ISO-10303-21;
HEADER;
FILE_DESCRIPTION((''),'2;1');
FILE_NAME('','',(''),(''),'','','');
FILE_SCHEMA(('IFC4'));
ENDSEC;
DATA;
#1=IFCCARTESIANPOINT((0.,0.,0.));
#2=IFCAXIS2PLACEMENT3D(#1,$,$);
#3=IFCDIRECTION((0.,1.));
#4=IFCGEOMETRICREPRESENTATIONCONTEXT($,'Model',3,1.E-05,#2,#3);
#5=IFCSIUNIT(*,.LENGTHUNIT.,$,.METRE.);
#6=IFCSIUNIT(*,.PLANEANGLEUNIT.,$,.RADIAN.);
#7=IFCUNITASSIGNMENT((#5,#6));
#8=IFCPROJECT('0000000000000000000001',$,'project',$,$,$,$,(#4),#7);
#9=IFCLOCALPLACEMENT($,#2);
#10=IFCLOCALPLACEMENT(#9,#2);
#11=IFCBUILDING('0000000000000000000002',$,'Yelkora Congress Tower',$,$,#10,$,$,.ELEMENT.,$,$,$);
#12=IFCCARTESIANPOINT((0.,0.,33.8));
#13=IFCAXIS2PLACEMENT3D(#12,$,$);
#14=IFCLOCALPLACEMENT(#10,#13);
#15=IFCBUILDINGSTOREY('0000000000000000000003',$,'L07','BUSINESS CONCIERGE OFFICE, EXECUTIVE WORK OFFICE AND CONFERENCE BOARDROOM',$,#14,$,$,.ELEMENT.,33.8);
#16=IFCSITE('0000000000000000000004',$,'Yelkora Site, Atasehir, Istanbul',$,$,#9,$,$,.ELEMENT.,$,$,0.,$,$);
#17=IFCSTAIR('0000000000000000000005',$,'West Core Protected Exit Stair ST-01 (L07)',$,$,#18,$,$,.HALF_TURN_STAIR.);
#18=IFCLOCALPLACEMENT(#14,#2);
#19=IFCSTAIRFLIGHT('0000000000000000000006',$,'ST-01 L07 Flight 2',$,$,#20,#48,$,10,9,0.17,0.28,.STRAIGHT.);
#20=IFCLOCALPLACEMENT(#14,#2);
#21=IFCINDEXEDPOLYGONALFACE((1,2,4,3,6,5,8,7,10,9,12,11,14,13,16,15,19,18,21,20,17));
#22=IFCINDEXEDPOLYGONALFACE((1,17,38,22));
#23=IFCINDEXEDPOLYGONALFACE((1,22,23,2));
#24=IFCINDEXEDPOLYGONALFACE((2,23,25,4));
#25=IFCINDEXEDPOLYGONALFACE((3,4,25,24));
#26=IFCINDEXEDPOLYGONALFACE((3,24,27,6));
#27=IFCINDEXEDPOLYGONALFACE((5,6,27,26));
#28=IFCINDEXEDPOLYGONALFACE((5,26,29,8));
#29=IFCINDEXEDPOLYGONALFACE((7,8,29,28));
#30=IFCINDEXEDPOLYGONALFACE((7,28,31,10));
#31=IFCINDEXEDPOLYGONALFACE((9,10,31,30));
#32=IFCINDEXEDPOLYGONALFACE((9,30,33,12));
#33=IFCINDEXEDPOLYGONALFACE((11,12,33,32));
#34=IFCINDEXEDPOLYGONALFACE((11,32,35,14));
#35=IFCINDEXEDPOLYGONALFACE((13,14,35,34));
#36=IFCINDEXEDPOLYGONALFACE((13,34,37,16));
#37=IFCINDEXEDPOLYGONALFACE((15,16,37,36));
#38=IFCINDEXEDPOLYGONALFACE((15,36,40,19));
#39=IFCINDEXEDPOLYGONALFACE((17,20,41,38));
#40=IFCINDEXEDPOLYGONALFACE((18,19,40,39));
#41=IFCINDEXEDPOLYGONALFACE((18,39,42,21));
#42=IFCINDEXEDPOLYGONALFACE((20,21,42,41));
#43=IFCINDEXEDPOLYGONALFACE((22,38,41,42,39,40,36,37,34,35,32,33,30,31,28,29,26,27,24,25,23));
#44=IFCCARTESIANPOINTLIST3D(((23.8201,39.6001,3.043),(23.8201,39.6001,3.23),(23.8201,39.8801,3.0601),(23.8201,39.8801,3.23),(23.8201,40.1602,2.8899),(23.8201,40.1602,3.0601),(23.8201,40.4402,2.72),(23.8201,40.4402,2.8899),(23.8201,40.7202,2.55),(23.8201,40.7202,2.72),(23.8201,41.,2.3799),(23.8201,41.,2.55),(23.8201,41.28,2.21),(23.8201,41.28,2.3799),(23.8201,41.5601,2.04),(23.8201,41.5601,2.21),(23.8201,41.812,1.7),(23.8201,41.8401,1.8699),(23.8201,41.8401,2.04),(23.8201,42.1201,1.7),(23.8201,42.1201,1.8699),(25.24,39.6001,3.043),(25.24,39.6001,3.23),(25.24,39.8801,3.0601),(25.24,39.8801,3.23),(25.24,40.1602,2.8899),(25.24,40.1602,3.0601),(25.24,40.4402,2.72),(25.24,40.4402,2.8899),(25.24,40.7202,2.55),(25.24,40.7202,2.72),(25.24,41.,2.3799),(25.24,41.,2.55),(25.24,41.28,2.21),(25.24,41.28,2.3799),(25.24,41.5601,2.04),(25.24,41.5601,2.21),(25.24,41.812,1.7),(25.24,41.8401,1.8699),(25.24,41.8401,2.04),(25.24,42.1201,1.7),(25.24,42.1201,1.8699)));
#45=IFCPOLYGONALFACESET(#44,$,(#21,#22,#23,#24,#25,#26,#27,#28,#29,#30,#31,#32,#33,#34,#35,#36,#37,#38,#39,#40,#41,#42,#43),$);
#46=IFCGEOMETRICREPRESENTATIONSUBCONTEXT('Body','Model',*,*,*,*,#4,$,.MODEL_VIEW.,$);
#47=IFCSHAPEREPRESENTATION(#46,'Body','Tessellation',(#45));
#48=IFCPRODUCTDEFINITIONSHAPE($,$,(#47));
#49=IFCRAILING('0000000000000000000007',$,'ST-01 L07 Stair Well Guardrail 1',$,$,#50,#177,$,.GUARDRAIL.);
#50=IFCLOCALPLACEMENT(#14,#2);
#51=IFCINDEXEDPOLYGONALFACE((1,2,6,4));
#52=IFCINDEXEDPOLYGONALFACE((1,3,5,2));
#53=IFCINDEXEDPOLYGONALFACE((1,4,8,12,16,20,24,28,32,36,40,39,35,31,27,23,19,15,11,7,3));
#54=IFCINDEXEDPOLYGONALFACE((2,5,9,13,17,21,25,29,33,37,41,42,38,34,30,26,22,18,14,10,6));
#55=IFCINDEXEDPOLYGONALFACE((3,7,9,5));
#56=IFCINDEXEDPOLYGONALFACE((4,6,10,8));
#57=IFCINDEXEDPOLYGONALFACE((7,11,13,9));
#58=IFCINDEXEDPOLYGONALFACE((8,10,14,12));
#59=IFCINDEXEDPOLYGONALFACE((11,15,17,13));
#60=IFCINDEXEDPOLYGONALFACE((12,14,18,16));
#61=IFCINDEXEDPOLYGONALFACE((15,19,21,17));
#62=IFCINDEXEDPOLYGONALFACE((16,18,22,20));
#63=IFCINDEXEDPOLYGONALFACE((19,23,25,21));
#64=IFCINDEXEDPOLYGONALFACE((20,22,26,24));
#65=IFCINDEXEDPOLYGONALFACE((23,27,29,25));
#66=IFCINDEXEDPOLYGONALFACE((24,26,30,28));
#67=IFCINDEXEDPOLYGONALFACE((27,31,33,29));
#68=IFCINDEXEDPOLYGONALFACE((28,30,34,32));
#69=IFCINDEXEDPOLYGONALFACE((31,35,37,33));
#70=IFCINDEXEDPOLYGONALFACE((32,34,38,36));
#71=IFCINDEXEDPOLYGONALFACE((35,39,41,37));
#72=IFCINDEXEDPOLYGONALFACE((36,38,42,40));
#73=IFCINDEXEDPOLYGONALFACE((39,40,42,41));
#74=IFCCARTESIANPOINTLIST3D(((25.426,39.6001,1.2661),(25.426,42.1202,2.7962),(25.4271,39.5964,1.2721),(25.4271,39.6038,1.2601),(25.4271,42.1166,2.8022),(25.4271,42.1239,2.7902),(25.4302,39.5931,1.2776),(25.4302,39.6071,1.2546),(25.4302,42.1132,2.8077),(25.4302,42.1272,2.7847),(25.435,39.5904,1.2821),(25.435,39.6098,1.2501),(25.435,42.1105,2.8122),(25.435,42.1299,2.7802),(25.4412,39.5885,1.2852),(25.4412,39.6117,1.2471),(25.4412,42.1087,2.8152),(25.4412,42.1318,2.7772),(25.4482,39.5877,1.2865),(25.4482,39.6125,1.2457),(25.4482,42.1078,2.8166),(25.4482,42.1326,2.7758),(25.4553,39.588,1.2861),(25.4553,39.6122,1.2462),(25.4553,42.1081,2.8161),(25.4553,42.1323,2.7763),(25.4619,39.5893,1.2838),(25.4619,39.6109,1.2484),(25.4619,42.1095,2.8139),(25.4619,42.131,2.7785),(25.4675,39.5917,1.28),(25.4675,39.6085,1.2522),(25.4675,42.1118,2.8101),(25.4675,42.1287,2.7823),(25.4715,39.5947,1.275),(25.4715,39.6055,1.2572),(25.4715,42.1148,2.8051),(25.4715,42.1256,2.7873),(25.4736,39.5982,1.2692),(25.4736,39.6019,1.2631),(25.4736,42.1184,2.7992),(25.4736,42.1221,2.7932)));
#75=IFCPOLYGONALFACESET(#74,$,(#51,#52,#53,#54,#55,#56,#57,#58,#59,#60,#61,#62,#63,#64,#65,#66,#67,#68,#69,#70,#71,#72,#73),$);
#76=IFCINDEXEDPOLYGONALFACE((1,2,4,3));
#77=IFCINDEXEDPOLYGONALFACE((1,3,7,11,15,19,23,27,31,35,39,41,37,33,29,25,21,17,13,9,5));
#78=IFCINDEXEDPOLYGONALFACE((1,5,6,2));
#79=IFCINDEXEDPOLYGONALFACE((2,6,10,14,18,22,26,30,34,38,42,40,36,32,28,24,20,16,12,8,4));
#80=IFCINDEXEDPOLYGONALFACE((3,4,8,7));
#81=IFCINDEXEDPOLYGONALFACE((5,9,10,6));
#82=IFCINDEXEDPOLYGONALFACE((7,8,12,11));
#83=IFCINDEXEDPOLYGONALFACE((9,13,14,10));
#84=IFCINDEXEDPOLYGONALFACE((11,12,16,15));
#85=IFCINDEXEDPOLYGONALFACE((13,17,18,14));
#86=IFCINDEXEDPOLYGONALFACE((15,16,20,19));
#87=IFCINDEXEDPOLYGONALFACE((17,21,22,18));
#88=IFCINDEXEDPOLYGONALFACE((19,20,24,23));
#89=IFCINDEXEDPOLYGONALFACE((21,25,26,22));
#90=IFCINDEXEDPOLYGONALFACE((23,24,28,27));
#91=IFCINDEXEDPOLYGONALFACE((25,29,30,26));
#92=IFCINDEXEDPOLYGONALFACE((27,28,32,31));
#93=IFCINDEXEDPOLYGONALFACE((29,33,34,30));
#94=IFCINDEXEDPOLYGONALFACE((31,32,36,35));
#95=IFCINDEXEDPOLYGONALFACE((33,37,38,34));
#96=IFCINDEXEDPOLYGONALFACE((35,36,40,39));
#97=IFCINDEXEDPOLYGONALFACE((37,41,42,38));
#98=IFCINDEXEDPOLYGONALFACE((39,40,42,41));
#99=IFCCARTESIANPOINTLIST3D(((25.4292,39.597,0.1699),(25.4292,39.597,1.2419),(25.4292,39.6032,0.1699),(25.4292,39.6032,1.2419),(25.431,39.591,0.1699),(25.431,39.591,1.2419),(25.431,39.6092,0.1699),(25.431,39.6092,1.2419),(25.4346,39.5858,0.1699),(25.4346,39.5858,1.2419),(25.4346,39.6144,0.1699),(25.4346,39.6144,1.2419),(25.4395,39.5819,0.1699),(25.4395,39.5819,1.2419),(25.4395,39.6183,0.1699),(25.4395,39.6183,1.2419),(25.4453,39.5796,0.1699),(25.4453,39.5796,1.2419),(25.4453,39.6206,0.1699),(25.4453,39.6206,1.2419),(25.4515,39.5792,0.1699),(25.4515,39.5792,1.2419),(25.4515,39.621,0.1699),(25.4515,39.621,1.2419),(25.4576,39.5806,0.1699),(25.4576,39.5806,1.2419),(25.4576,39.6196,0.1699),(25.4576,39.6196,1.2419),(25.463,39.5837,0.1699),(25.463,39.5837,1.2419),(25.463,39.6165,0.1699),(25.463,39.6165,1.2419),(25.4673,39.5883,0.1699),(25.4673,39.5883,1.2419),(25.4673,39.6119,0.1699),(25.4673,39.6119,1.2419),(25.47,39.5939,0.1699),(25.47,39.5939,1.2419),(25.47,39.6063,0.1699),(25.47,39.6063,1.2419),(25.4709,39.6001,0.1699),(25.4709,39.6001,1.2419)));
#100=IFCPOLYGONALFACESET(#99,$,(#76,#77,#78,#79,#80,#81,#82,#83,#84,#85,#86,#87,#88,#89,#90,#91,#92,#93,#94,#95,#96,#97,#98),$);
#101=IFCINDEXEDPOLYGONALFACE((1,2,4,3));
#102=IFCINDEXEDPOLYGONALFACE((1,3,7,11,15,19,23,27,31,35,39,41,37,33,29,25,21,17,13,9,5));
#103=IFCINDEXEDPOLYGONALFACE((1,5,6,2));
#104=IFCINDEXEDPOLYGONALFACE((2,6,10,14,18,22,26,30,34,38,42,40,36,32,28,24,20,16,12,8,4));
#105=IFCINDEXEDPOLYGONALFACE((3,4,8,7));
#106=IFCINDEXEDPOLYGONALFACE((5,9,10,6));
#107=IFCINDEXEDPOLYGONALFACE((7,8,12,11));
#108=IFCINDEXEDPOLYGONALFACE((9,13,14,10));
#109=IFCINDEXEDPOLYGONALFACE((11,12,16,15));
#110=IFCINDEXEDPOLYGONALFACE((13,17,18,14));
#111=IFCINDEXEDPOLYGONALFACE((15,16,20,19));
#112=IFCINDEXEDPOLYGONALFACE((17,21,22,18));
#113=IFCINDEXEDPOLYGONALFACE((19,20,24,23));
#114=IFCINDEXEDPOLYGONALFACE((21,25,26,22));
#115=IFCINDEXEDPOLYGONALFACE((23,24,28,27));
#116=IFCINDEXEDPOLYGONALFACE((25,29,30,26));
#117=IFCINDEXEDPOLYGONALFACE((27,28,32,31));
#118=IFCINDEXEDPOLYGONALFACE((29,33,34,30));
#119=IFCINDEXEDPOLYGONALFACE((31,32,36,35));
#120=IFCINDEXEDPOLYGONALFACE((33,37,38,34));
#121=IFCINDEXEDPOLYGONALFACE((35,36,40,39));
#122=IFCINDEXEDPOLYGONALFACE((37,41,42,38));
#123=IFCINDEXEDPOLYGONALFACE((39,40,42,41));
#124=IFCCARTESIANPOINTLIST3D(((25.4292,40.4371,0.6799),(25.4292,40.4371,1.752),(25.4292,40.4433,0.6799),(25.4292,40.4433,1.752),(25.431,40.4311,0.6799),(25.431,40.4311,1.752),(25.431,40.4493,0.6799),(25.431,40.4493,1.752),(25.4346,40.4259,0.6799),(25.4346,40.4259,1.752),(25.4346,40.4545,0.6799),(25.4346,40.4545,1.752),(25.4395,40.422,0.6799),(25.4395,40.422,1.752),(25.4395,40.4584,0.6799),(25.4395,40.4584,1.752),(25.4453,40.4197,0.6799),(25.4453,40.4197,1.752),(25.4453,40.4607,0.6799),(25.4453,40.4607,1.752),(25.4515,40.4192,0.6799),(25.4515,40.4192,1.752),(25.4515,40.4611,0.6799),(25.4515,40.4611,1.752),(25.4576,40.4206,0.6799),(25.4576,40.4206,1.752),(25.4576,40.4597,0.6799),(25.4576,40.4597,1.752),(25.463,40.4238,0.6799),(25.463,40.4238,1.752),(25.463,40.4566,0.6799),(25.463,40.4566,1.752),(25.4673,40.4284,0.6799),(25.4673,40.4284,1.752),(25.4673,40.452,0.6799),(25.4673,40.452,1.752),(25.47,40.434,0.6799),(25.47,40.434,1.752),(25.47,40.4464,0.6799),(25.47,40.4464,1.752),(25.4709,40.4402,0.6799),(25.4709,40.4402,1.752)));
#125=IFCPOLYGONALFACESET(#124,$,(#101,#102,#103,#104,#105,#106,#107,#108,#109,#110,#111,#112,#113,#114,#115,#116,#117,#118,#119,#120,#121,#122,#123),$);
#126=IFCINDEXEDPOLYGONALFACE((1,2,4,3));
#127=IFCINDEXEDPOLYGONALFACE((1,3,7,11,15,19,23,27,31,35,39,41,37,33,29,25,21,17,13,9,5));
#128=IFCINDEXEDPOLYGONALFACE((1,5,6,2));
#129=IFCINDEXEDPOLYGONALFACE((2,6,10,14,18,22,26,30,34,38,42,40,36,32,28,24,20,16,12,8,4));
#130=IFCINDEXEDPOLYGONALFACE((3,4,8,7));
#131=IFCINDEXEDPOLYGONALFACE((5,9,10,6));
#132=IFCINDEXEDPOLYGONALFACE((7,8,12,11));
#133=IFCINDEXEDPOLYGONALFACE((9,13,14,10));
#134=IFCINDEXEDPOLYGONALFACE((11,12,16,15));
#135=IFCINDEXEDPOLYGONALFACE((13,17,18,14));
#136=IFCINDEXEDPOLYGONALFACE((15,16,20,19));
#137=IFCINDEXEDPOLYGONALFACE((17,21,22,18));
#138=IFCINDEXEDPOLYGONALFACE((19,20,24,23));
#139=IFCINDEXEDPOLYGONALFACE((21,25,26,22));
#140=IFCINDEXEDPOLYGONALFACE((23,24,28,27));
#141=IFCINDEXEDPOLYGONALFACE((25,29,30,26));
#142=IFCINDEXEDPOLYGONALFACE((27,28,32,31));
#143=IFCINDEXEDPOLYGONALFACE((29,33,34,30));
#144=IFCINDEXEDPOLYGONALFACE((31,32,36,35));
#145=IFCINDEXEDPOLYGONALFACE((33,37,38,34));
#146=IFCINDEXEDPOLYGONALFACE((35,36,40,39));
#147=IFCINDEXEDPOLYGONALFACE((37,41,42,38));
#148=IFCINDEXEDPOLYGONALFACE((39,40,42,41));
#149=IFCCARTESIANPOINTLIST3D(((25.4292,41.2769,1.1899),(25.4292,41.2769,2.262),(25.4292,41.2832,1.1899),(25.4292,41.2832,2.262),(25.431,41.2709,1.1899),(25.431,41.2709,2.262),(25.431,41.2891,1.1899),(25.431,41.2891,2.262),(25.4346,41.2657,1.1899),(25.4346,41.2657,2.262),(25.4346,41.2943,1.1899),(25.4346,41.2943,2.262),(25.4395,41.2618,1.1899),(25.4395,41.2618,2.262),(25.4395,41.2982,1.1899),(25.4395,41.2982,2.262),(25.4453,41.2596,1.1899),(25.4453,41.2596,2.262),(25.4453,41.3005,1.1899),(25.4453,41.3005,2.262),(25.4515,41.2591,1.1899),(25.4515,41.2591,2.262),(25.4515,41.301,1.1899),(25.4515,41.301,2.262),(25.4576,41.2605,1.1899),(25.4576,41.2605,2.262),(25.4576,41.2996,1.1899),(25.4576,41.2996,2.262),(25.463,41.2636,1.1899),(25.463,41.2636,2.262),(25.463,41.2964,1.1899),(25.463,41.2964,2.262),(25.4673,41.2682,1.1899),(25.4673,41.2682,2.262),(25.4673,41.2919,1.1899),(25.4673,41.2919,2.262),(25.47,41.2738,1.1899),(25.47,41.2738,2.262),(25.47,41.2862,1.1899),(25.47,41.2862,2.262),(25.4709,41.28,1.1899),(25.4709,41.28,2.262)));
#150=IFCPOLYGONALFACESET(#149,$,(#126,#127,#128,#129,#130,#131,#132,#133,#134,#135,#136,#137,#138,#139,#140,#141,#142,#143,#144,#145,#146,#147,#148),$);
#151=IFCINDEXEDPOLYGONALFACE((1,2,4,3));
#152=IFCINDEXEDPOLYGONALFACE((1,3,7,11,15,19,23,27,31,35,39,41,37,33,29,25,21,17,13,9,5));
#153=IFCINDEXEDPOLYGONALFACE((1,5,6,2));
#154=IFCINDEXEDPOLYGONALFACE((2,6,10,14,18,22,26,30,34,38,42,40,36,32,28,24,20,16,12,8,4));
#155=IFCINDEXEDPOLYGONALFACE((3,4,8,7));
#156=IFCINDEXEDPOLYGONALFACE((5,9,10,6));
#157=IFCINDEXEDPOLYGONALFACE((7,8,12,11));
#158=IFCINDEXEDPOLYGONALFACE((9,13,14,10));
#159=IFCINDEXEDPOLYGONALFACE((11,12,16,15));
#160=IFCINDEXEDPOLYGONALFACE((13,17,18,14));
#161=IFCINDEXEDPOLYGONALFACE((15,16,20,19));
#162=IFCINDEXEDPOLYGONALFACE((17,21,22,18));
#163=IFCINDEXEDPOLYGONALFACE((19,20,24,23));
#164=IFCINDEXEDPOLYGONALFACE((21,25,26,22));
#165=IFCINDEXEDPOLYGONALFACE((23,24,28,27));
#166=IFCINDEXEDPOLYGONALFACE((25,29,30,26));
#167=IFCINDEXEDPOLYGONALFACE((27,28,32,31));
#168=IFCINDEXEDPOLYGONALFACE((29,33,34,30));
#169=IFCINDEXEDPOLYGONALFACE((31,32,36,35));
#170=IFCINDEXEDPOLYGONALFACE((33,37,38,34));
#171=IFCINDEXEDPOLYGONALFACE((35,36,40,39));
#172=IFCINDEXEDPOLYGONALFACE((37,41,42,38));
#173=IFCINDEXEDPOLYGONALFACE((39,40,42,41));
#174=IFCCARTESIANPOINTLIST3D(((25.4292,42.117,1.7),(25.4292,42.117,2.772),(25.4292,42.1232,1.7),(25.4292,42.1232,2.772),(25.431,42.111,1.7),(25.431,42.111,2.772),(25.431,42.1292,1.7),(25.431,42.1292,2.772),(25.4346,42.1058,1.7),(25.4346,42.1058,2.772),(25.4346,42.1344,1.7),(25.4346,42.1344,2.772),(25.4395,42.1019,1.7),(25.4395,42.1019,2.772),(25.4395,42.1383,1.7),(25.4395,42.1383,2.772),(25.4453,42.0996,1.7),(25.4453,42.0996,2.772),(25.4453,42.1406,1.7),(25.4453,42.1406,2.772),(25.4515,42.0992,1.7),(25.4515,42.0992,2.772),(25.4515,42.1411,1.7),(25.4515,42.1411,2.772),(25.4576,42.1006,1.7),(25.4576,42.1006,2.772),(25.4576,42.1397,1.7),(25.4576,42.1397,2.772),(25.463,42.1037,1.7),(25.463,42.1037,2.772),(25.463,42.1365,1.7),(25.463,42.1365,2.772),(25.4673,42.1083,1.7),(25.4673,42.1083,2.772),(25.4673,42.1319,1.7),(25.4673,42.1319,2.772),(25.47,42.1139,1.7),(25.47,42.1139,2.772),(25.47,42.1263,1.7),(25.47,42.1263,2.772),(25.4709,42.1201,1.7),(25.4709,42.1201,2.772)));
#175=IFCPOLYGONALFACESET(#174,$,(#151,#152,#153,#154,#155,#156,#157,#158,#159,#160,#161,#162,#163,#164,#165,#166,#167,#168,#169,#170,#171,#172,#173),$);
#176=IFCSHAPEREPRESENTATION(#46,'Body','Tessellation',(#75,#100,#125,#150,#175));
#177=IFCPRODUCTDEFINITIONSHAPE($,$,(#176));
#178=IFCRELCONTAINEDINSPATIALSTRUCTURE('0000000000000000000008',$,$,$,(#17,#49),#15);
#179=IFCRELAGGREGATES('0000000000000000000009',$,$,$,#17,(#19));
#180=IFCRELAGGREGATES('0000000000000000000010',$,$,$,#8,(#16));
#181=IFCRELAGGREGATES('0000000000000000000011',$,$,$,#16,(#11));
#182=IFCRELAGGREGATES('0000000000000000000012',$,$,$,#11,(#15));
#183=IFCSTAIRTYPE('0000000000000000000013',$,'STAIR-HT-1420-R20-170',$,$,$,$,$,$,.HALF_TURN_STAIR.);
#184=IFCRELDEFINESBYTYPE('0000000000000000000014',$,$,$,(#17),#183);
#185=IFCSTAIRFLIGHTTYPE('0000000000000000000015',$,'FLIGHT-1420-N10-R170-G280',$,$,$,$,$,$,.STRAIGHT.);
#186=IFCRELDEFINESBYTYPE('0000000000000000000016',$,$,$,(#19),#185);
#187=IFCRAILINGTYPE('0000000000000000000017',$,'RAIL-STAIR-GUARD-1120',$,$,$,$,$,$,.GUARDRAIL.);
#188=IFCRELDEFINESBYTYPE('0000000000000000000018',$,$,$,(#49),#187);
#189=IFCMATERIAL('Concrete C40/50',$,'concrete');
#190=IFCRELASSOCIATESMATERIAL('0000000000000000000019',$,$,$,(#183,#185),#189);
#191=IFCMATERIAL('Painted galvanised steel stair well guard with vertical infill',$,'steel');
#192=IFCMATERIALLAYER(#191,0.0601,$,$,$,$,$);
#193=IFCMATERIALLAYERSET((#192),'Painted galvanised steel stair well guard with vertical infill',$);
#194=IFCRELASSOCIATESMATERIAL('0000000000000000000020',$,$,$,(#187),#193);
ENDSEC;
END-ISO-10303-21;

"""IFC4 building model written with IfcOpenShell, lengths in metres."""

from ifc_helpers import new_model, si_unit, direction, frame, origin, origin_2d, place, context, subcontext, project, spatial, polyline, circle, outline, extrude, material, layer, layer_set, type_object, element, aggregate, save


model = new_model("IFC4")

# Units and contexts
model_context = context("Model", 3, precision=1e-05, world=origin(), true_north=direction((0.0, 1.0)))
body_context = subcontext(model_context, "Body", "Model", "MODEL_VIEW")
ifc_project = project(units=[si_unit("LENGTHUNIT", "METRE"), si_unit("PLANEANGLEUNIT", "RADIAN")], contexts=[model_context])

# Site, building, storey
site_placement = place(None, origin())
site = spatial("IfcSite", under=ifc_project, at=site_placement, Name="Yelkora Site, Atasehir, Istanbul", CompositionType="ELEMENT", RefElevation=0.0)
building_placement = place(site_placement, origin())
building = spatial("IfcBuilding", under=site, at=building_placement, Name="Yelkora Congress Tower", CompositionType="ELEMENT")
storey_placement = place(building_placement, frame((0.0, 0.0, 33.8)))
storey = spatial("IfcBuildingStorey", under=building, at=storey_placement, Name="L07", Description="BUSINESS CONCIERGE OFFICE, EXECUTIVE WORK OFFICE AND CONFERENCE BOARDROOM", CompositionType="ELEMENT", Elevation=33.8)

# Stair, stair flight
ifc_material_1 = material(Name="Concrete C40/50", Category="concrete")
stair_type = type_object("IfcStairType", Name="STAIR-HT-1420-R20-170", PredefinedType="HALF_TURN_STAIR", material=ifc_material_1)
stair_placement = place(storey_placement, origin())
stair = element("IfcStair", 1, at=stair_placement, inside=storey, type_object=stair_type, Name="West Core Protected Exit Stair ST-01 (L07)", PredefinedType="HALF_TURN_STAIR")
stair_flight_type = type_object("IfcStairFlightType", Name="FLIGHT-1420-N10-R170-G280", PredefinedType="STRAIGHT", material=ifc_material_1)
stair_flight_1_placement = place(storey_placement, frame((24.53, 42.1201, 1.7), z_axis=(0.0, 0.0, 1.0), x_axis=(0.0, -1.0, 0.0)))
stair_flight_1 = element("IfcStairFlight", 2, at=stair_flight_1_placement, type_object=stair_flight_type, Name="ST-01 L07 Flight 2", NumberOfRisers=10, NumberOfTreads=9, PredefinedType="STRAIGHT", RiserHeight=0.17, TreadLength=0.28, context=body_context, shape_type="SweptSolid", body=[
    extrude(outline(polyline([(0.0, 0.0), (0.0, 0.1699), (0.28, 0.1699), (0.28, 0.3401), (0.5601, 0.3401), (0.5601, 0.51), (0.8401, 0.51), (0.8401, 0.6799), (1.1201, 0.6799), (1.1201, 0.8501), (1.3999, 0.8501), (1.3999, 1.02), (1.6799, 1.02), (1.6799, 1.1899), (1.96, 1.1899), (1.96, 1.3601), (2.24, 1.3601), (2.24, 1.53), (2.52, 1.53), (2.52, 1.7), (2.52, 1.343), (0.3081, 0.0), (0.0, 0.0)])), frame((0.0, 0.71, 0.0), z_axis=(0.0, -1.0, 0.0), x_axis=(1.0, 0.0, 0.0)), (0.0, 0.0, 1.0), 1.4199),
])
aggregate(stair, [stair_flight_1])

# Railing
ifc_material_2 = material(Name="Painted galvanised steel stair well guard with vertical infill", Category="steel")
ifc_layer_1 = layer(ifc_material_2, 0.0601)
ifc_layer_set_1 = layer_set([ifc_layer_1], Name="Painted galvanised steel stair well guard with vertical infill")
railing_type_1 = type_object("IfcRailingType", Name="RAIL-STAIR-GUARD-1120", PredefinedType="GUARDRAIL", material=ifc_layer_set_1)
railing_1_placement = place(storey_placement, frame((25.45, 39.6001, 0.1699)))
element("IfcRailing", 3, at=railing_1_placement, inside=storey, type_object=railing_type_1, Name="ST-01 L07 Stair Well Guardrail 1", PredefinedType="GUARDRAIL", context=body_context, shape_type="SweptSolid", body=[
    extrude(circle(Radius=0.0239, at=origin_2d()), frame((0.0, 0.0, 1.0962), z_axis=(0.0, 0.854785, 0.518982), x_axis=(-1.0, 0.0, 0.0)), (0.0, 0.0, 1.0), 2.9482),
    extrude(circle(Radius=0.021, at=origin_2d()), origin(), (0.0, 0.0, 1.0), 1.072),
    extrude(circle(Radius=0.021, at=origin_2d()), frame((0.0, 0.8401, 0.51)), (0.0, 0.0, 1.0), 1.072),
    extrude(circle(Radius=0.021, at=origin_2d()), frame((0.0, 1.6799, 1.02)), (0.0, 0.0, 1.0), 1.072),
    extrude(circle(Radius=0.021, at=origin_2d()), frame((0.0, 2.52, 1.53)), (0.0, 0.0, 1.0), 1.072),
])

save(model, "model.ifc")
